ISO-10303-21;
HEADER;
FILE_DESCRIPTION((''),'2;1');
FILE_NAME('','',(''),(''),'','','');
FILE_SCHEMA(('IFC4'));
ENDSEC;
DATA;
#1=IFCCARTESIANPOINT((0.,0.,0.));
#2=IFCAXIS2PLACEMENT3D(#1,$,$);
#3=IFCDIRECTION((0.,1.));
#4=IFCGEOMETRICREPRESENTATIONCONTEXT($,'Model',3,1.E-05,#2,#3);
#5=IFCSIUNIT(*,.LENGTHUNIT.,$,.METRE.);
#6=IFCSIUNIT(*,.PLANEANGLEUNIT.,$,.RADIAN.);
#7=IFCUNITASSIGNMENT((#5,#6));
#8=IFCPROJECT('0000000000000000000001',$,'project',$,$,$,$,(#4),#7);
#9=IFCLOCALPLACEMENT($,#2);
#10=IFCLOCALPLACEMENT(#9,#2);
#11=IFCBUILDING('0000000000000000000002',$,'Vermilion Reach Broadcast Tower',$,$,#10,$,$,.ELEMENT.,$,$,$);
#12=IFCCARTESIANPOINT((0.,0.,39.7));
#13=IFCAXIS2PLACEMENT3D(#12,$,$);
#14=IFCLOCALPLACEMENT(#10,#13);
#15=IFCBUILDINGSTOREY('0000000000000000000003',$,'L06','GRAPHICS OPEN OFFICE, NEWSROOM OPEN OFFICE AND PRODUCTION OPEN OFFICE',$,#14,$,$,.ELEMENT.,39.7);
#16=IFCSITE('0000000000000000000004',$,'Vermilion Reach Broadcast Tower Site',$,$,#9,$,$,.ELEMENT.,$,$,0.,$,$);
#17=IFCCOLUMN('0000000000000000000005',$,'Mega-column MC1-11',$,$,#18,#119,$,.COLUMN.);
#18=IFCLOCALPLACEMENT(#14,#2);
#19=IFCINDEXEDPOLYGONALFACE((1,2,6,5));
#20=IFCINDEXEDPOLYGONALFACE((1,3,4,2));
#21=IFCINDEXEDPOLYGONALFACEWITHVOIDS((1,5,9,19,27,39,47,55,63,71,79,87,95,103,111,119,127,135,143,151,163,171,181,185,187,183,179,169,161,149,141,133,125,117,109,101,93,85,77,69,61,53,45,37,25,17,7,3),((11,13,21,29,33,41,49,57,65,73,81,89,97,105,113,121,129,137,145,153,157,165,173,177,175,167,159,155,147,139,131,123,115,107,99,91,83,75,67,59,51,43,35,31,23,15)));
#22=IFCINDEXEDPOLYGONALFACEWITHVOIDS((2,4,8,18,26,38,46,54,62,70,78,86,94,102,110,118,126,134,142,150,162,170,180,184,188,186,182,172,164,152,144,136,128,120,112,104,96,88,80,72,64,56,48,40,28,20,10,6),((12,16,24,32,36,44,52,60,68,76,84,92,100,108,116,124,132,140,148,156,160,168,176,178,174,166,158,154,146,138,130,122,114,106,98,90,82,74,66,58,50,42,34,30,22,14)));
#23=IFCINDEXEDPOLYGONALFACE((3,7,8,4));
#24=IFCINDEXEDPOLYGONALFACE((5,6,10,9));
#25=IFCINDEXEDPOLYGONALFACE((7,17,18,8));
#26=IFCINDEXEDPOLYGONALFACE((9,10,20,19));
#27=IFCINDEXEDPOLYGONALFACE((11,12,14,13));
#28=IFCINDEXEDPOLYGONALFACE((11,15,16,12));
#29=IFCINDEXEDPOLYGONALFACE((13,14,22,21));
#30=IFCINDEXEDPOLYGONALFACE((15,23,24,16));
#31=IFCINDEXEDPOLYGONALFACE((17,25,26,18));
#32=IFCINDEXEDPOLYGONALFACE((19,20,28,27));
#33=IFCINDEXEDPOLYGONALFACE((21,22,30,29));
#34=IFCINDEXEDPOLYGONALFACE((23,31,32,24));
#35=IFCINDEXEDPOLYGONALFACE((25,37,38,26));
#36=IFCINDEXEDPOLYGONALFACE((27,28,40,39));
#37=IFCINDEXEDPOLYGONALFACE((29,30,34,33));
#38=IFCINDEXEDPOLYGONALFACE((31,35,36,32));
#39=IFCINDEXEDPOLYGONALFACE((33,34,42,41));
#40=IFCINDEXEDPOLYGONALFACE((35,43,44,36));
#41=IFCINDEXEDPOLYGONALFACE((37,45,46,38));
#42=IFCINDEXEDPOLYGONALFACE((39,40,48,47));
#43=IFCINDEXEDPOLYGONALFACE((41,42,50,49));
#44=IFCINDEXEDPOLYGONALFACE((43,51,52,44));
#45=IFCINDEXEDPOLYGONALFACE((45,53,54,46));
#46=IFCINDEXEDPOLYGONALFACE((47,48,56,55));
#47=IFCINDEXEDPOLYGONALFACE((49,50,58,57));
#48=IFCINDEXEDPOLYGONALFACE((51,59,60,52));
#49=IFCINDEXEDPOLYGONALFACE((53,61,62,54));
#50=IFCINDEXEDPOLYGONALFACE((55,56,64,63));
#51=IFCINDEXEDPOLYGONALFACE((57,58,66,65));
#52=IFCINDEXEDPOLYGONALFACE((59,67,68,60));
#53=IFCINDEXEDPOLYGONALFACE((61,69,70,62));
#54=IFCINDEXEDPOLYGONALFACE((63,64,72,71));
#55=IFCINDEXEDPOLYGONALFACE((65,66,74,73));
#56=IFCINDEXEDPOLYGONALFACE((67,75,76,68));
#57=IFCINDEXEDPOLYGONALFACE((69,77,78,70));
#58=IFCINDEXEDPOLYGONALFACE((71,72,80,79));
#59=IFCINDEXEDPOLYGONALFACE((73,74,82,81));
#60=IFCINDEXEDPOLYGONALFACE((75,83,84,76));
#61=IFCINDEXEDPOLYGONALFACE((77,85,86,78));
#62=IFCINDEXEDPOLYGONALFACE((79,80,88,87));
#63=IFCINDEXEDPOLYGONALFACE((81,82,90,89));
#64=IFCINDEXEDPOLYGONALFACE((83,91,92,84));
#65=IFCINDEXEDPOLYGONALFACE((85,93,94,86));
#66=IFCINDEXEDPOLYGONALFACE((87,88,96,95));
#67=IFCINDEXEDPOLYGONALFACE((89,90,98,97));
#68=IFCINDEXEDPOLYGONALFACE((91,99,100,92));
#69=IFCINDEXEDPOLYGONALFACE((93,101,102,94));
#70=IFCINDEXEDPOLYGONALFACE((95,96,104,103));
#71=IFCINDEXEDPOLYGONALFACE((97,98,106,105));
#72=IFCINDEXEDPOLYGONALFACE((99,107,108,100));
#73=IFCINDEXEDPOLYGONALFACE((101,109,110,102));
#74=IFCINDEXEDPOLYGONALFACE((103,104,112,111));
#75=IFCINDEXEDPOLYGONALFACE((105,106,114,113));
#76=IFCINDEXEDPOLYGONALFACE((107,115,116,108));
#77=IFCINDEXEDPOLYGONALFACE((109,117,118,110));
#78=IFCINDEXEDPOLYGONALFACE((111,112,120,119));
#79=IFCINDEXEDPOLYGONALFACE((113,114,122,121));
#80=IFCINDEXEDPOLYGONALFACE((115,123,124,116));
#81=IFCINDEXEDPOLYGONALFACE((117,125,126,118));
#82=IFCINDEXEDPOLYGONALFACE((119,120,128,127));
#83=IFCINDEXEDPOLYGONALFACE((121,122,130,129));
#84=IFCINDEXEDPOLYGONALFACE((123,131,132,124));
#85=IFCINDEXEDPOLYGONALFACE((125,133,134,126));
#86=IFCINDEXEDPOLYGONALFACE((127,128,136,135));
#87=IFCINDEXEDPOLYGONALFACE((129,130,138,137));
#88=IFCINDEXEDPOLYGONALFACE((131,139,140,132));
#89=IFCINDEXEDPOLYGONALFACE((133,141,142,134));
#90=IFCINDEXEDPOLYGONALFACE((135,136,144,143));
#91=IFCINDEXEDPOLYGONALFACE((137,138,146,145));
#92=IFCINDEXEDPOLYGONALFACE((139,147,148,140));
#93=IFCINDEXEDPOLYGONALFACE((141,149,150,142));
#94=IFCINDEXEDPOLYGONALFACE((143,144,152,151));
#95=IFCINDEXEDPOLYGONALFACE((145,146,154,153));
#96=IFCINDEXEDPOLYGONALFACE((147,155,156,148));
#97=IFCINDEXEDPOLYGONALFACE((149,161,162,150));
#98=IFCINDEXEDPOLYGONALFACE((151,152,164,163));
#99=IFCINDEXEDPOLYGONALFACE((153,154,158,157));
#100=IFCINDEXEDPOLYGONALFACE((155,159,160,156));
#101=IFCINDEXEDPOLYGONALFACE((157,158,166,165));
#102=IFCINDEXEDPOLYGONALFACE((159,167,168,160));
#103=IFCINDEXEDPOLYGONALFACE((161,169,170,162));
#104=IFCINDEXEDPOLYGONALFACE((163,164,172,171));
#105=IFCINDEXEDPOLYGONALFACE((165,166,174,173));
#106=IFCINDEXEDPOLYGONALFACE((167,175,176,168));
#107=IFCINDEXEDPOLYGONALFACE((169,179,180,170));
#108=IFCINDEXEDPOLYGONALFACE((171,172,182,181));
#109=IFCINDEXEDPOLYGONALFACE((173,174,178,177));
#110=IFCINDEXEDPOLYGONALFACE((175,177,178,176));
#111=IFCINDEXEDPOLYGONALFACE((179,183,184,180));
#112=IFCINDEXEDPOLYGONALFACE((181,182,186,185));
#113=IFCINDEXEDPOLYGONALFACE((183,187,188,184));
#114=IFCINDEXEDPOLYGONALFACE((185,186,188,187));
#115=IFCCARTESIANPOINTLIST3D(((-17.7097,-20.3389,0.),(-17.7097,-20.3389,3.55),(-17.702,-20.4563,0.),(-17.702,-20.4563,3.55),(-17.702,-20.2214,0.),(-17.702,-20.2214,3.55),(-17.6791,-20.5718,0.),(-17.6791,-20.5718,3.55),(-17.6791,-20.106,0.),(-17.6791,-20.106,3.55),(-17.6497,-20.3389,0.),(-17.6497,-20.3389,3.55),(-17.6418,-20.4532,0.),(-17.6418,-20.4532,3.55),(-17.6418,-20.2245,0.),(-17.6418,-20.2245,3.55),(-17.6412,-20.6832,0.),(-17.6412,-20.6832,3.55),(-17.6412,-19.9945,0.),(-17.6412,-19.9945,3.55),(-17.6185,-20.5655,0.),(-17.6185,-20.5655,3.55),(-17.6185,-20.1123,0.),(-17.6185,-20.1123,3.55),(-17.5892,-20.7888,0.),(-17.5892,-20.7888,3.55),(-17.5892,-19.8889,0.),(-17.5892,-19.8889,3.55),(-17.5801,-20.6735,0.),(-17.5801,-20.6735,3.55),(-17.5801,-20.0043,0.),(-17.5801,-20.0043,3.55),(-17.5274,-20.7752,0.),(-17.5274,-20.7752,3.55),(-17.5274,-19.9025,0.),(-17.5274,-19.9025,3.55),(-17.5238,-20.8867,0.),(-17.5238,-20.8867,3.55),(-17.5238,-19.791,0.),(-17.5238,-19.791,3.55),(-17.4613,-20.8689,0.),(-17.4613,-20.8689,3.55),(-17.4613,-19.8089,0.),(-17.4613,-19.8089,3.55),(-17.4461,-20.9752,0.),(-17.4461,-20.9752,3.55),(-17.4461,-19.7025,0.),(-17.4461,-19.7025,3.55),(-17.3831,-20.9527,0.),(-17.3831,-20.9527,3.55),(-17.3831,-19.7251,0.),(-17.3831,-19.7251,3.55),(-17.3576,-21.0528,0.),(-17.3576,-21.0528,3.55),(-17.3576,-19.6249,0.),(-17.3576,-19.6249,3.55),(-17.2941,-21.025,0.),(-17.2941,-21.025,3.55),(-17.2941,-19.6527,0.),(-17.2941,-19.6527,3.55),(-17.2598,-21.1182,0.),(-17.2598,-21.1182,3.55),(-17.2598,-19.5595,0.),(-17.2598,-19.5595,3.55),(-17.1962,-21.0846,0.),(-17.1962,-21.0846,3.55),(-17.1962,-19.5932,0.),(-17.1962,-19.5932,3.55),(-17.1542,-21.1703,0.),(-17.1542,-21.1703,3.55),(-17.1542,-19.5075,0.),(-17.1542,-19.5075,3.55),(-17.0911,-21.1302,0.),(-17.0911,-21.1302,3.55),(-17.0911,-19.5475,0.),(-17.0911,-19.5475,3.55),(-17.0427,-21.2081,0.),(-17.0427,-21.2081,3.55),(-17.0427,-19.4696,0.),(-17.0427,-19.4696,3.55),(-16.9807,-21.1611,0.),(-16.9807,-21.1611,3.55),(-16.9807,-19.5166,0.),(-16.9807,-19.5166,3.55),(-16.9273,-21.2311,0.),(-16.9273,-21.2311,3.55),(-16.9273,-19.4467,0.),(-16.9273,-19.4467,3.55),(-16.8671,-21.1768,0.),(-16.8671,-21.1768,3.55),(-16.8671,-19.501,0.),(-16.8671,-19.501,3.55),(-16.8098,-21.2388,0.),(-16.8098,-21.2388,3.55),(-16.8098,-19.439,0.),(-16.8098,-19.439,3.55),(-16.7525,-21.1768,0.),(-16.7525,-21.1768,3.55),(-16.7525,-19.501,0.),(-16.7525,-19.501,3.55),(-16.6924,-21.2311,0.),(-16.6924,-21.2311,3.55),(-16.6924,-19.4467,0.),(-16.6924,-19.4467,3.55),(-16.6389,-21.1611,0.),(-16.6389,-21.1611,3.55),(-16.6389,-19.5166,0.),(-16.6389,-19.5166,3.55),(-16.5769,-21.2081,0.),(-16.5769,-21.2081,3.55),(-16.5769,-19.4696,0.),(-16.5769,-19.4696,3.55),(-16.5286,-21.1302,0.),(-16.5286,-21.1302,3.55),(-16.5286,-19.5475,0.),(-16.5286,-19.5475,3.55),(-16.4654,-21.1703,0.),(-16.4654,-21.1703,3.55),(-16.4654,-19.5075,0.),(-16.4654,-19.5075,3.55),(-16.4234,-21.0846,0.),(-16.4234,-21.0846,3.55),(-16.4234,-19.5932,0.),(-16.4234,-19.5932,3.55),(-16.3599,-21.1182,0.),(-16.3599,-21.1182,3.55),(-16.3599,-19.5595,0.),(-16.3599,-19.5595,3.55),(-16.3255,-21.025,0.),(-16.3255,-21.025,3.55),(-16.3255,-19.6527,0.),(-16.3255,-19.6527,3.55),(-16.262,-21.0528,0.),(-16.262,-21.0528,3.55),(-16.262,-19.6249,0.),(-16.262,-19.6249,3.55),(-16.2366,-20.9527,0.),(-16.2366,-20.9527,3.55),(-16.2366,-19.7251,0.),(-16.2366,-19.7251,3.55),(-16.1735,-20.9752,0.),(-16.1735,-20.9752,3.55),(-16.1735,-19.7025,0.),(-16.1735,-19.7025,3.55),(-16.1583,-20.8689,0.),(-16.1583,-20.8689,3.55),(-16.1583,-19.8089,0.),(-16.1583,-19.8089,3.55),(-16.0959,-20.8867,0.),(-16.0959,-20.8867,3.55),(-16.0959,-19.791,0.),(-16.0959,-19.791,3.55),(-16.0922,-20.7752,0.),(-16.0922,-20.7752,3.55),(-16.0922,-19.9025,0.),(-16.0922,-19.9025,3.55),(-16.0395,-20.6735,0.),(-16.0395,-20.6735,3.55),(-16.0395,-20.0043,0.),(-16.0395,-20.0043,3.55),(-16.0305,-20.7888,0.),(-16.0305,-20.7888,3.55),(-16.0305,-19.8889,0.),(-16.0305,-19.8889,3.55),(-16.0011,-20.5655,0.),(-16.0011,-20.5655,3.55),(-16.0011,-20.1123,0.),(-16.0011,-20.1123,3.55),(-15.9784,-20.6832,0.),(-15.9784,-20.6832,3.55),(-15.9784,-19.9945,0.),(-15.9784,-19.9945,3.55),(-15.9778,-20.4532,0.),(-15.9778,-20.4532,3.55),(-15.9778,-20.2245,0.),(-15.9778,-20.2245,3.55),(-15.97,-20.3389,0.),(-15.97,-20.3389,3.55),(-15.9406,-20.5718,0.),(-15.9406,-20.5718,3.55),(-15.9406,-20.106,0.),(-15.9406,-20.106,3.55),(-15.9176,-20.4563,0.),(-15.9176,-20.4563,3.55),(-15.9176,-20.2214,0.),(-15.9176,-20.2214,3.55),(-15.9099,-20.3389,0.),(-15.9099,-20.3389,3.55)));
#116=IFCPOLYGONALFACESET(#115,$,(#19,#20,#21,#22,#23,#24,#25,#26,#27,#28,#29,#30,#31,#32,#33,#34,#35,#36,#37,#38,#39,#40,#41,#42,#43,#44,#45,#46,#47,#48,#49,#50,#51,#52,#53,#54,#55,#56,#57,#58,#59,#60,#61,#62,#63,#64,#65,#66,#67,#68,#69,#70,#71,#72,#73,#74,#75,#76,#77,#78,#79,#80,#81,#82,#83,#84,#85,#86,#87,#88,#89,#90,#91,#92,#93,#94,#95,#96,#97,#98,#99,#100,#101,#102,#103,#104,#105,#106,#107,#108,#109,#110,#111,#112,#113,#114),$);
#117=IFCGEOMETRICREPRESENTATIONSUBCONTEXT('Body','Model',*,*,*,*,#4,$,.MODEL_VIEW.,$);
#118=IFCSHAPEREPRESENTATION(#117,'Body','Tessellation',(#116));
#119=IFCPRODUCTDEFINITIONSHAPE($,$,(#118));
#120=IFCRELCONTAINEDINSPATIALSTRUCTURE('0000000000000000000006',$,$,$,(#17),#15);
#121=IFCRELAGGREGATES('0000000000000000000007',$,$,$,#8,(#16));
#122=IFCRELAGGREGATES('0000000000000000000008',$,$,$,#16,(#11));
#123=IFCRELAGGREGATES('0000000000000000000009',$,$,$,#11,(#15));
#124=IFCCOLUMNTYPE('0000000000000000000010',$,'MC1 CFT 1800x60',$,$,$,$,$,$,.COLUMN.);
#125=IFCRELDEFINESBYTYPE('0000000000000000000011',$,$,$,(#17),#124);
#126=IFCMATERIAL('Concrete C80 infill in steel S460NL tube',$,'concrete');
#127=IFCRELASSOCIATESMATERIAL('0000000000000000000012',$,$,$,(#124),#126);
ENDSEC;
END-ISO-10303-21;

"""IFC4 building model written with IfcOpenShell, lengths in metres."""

from ifc_helpers import new_model, si_unit, direction, frame, origin, origin_2d, place, context, subcontext, project, spatial, hollow_circle, extrude, material, material_profile, profile_set, type_object, element, save


model = new_model("IFC4")

# Units and contexts
model_context = context("Model", 3, precision=1e-05, world=origin(), true_north=direction((0.0, 1.0)))
body_context = subcontext(model_context, "Body", "Model", "MODEL_VIEW")
ifc_project = project(units=[si_unit("LENGTHUNIT", "METRE"), si_unit("PLANEANGLEUNIT", "RADIAN")], contexts=[model_context])

# Site, building, storey
site_placement = place(None, origin())
site = spatial("IfcSite", under=ifc_project, at=site_placement, Name="Vermilion Reach Broadcast Tower Site", CompositionType="ELEMENT", RefElevation=0.0)
building_placement = place(site_placement, origin())
building = spatial("IfcBuilding", under=site, at=building_placement, Name="Vermilion Reach Broadcast Tower", CompositionType="ELEMENT")
storey_placement = place(building_placement, frame((0.0, 0.0, 39.7)))
storey = spatial("IfcBuildingStorey", under=building, at=storey_placement, Name="L06", Description="GRAPHICS OPEN OFFICE, NEWSROOM OPEN OFFICE AND PRODUCTION OPEN OFFICE", CompositionType="ELEMENT", Elevation=39.7)

# Column
ifc_material_1 = material(Name="Concrete C80 infill in steel S460NL tube", Category="concrete")
ifc_material_profile_1 = material_profile(ifc_material_1, hollow_circle(Radius=0.8999, WallThickness=0.0601, at=origin_2d()), Name="Concrete C80 infill in steel S460NL tube CFT 1800x60")
ifc_profile_set_1 = profile_set([ifc_material_profile_1], Name="Concrete C80 infill in steel S460NL tube")
column_type = type_object("IfcColumnType", Name="MC1 CFT 1800x60", PredefinedType="COLUMN", material=ifc_profile_set_1)
for number, where, z_axis, x_axis, name in (
    (1, (-16.8098, -20.3389, 0.0), (0.0, 0.0, 1.0), (1.0, 0.0, 0.0), "Mega-column MC1-11"),
):
    element("IfcColumn", number, at=place(storey_placement, frame(where, z_axis=z_axis, x_axis=x_axis)), inside=storey, type_object=column_type, Name=name, PredefinedType="COLUMN", context=body_context, shape_type="SweptSolid", body=[
        extrude(hollow_circle(Radius=0.8999, WallThickness=0.0601, at=origin_2d()), origin(), (0.0, 0.0, 1.0), 3.55),
    ])

save(model, "model.ifc")
